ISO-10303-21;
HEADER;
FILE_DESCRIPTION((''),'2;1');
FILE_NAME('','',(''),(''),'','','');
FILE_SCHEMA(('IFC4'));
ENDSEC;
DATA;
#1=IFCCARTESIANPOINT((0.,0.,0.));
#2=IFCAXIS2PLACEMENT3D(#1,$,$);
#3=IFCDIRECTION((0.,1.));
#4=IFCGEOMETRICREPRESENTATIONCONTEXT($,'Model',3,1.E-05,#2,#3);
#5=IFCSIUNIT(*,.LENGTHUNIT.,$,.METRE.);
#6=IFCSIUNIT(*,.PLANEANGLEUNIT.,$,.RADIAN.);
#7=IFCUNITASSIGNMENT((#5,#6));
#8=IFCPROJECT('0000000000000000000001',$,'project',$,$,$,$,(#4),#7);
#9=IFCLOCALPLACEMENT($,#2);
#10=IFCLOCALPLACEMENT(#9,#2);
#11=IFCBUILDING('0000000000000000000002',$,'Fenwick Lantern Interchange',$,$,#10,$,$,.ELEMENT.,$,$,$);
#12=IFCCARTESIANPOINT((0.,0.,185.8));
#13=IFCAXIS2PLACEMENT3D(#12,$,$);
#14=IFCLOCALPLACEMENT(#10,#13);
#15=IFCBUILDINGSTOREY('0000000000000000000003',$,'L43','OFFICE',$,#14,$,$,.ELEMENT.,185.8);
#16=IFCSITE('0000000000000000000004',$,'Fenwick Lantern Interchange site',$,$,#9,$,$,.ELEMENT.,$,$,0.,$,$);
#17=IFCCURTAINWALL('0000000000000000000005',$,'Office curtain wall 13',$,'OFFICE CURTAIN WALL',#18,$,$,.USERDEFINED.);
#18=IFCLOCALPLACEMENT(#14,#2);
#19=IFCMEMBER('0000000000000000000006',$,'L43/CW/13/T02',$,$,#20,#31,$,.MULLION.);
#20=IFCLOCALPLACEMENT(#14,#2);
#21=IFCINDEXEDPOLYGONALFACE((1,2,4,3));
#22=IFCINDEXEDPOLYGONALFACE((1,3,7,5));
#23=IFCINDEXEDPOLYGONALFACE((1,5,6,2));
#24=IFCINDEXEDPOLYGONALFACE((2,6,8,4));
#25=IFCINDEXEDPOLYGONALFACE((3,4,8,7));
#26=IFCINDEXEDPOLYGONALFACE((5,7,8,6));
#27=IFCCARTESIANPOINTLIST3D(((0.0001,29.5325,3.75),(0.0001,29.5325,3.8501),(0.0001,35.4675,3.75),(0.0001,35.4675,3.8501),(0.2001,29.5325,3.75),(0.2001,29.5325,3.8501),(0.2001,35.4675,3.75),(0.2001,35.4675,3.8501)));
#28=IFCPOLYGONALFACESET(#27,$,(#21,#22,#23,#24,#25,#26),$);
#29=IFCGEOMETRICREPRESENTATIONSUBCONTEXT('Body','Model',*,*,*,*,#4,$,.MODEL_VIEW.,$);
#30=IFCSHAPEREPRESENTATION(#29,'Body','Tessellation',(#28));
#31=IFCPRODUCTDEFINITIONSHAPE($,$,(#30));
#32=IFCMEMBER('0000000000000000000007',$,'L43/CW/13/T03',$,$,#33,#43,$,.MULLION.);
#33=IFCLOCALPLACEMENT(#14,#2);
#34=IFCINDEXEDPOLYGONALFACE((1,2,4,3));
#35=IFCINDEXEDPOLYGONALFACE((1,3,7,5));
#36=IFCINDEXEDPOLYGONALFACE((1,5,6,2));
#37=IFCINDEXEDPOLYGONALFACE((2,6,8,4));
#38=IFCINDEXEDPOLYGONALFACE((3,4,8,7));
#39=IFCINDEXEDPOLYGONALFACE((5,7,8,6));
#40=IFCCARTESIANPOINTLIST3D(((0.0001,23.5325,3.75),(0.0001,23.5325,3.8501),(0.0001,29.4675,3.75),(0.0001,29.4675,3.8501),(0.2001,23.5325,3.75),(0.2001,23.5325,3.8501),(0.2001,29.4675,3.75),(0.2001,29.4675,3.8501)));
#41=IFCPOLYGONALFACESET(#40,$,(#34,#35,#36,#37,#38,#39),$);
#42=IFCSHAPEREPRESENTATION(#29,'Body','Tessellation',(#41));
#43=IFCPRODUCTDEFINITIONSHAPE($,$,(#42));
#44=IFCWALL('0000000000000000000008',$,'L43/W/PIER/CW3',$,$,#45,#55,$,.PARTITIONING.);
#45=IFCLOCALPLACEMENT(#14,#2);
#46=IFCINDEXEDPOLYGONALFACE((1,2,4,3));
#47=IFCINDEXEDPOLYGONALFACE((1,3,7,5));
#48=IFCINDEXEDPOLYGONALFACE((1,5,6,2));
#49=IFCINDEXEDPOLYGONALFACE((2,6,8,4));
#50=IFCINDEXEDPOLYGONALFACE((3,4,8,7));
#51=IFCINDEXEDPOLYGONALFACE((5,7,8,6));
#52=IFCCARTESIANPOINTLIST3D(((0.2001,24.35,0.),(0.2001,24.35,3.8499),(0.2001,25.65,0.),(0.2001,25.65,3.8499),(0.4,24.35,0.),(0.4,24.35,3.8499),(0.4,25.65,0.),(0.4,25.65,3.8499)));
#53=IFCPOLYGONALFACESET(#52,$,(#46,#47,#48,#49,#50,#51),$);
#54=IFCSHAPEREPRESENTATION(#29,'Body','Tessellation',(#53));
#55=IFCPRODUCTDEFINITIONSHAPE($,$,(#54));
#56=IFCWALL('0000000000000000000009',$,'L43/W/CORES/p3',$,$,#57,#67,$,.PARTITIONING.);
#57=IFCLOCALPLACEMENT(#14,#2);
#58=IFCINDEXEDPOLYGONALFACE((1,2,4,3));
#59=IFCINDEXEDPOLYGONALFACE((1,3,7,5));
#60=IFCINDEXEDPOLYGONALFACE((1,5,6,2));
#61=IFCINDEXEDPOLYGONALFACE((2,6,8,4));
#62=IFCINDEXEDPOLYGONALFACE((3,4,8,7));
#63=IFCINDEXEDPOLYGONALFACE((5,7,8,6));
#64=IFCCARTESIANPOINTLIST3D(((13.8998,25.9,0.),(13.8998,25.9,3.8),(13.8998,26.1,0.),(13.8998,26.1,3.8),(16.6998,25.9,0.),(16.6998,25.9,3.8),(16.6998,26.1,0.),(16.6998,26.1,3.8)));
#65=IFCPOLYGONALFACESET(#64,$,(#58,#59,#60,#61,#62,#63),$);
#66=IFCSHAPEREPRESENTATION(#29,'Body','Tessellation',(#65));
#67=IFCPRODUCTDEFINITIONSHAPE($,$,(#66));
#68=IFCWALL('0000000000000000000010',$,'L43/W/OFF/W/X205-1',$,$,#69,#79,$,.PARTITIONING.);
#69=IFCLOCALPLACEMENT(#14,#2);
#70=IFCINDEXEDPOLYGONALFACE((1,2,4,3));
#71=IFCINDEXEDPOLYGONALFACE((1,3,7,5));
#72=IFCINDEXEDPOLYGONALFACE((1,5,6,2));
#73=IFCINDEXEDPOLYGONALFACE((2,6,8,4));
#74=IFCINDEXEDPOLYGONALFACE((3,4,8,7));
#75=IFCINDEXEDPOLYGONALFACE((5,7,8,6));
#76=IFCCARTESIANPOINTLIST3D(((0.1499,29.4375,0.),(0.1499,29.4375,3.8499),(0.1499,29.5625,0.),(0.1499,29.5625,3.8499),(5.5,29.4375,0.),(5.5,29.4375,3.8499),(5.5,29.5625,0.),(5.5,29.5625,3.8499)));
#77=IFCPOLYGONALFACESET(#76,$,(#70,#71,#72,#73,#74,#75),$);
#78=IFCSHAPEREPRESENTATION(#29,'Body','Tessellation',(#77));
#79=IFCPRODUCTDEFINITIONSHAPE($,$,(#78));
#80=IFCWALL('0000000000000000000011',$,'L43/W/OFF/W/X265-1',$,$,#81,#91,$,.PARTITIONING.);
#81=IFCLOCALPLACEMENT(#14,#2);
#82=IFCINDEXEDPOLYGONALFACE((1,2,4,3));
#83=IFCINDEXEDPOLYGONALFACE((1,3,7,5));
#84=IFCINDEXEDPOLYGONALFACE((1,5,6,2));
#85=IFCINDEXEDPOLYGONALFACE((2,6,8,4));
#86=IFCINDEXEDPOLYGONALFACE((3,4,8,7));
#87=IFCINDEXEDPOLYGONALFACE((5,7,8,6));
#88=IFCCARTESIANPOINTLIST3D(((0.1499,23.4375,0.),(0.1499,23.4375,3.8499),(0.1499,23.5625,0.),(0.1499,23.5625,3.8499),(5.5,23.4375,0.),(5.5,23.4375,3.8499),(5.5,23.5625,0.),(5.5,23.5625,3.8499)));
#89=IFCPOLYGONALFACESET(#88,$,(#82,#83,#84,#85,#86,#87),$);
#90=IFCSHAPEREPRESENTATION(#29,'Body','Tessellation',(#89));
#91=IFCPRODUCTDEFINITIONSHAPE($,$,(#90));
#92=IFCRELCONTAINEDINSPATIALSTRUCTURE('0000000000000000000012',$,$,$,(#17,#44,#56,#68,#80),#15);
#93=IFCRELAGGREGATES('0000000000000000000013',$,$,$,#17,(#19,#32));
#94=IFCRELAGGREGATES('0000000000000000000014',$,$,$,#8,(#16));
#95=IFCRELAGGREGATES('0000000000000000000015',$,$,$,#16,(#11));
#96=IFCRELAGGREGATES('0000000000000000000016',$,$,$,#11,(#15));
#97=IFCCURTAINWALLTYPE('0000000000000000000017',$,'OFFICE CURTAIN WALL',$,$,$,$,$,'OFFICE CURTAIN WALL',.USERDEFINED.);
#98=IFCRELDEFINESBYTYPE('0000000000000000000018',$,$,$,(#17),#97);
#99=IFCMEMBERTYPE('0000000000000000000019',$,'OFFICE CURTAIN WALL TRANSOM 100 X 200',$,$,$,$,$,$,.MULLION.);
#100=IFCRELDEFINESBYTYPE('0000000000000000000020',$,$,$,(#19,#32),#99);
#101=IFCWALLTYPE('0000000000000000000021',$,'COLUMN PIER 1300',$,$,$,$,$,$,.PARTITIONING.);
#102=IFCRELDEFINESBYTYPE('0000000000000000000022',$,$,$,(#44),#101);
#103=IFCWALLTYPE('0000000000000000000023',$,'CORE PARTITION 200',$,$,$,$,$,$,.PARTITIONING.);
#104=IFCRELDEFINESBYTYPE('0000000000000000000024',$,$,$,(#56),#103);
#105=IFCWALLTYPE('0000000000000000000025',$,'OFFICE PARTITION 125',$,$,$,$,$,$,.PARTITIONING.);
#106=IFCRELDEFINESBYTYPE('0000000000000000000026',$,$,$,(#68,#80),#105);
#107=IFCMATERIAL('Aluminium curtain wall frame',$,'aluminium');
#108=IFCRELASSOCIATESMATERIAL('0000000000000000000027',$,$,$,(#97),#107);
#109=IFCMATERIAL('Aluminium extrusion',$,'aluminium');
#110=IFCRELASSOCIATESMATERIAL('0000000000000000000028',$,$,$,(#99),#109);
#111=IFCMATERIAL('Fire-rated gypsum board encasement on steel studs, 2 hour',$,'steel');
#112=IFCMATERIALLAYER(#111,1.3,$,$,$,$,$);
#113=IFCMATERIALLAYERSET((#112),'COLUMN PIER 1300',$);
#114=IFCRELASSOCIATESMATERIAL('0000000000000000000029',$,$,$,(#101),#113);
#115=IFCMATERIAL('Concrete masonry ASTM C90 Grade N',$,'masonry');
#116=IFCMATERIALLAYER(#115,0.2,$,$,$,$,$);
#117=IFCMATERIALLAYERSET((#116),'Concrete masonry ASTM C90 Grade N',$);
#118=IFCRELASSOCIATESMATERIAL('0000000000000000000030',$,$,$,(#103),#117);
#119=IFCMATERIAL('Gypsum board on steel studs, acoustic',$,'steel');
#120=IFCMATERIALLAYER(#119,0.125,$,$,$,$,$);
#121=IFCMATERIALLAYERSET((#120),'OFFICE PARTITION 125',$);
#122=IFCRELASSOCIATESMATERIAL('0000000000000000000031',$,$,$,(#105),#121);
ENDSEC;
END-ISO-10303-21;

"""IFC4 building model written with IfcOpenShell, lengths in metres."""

from ifc_helpers import new_model, si_unit, direction, frame, frame_2d, origin, origin_2d, place, context, subcontext, project, spatial, rectangle, extrude, material, layer, layer_set, material_profile, profile_set, type_object, element, aggregate, save


model = new_model("IFC4")

# Units and contexts
model_context = context("Model", 3, precision=1e-05, world=origin(), true_north=direction((0.0, 1.0)))
body_context = subcontext(model_context, "Body", "Model", "MODEL_VIEW")
ifc_project = project(units=[si_unit("LENGTHUNIT", "METRE"), si_unit("PLANEANGLEUNIT", "RADIAN")], contexts=[model_context])

# Site, building, storey
site_placement = place(None, origin())
site = spatial("IfcSite", under=ifc_project, at=site_placement, Name="Fenwick Lantern Interchange site", CompositionType="ELEMENT", RefElevation=0.0)
building_placement = place(site_placement, origin())
building = spatial("IfcBuilding", under=site, at=building_placement, Name="Fenwick Lantern Interchange", CompositionType="ELEMENT")
storey_placement = place(building_placement, frame((0.0, 0.0, 185.8)))
storey = spatial("IfcBuildingStorey", under=building, at=storey_placement, Name="L43", Description="OFFICE", CompositionType="ELEMENT", Elevation=185.8)

# Curtain wall, members
ifc_material_1 = material(Name="Aluminium curtain wall frame", Category="aluminium")
curtain_wall_type = type_object("IfcCurtainWallType", Name="OFFICE CURTAIN WALL", ElementType="OFFICE CURTAIN WALL", PredefinedType="USERDEFINED", material=ifc_material_1)
curtain_wall_placement = place(storey_placement, origin())
curtain_wall = element("IfcCurtainWall", 1, at=curtain_wall_placement, inside=storey, type_object=curtain_wall_type, Name="Office curtain wall 13", ObjectType="OFFICE CURTAIN WALL", PredefinedType="USERDEFINED")
ifc_material_2 = material(Name="Aluminium extrusion", Category="aluminium")
ifc_material_profile_1 = material_profile(ifc_material_2, rectangle(XDim=0.2, YDim=0.1001, at=origin_2d()), Name="OFFICE CURTAIN WALL TRANSOM 100 X 200")
ifc_profile_set_1 = profile_set([ifc_material_profile_1], Name="Aluminium extrusion")
member_type_1 = type_object("IfcMemberType", Name="OFFICE CURTAIN WALL TRANSOM 100 X 200", PredefinedType="MULLION", material=ifc_profile_set_1)
member_1_placement = place(storey_placement, frame((0.1001, 35.4675, 3.8), z_axis=(0.0, -1.0, 0.0), x_axis=(1.0, 0.0, 0.0)))
member_1 = element("IfcMember", 2, at=member_1_placement, type_object=member_type_1, Name="L43/CW/13/T02", PredefinedType="MULLION", context=body_context, shape_type="SweptSolid", body=[
    extrude(rectangle(XDim=0.2, YDim=0.1001, at=origin_2d()), origin(), (0.0, 0.0, 1.0), 5.9351),
])
member_2_placement = place(storey_placement, frame((0.1001, 29.4675, 3.8), z_axis=(0.0, -1.0, 0.0), x_axis=(1.0, 0.0, 0.0)))
member_2 = element("IfcMember", 3, at=member_2_placement, type_object=member_type_1, Name="L43/CW/13/T03", PredefinedType="MULLION", context=body_context, shape_type="SweptSolid", body=[
    extrude(rectangle(XDim=0.2, YDim=0.1001, at=origin_2d()), origin(), (0.0, 0.0, 1.0), 5.9351),
])
aggregate(curtain_wall, [member_1, member_2])

# Walls
ifc_material_3 = material(Name="Fire-rated gypsum board encasement on steel studs, 2 hour", Category="steel")
ifc_layer_1 = layer(ifc_material_3, 1.3)
ifc_layer_set_1 = layer_set([ifc_layer_1], Name="COLUMN PIER 1300")
wall_type_1 = type_object("IfcWallType", Name="COLUMN PIER 1300", PredefinedType="PARTITIONING", material=ifc_layer_set_1)
wall_1_placement = place(storey_placement, frame((0.2, 25.0, 0.0), z_axis=(0.0, 0.0, 1.0), x_axis=(1.0, 0.0, 0.0)))
element("IfcWall", 4, at=wall_1_placement, inside=storey, type_object=wall_type_1, Name="L43/W/PIER/CW3", PredefinedType="PARTITIONING", context=body_context, shape_type="SweptSolid", body=[
    extrude(rectangle(XDim=0.2, YDim=1.3, at=frame_2d((0.1001, 0.0))), origin(), (0.0, 0.0, 1.0), 3.8499),
])
ifc_material_4 = material(Name="Concrete masonry ASTM C90 Grade N", Category="masonry")
ifc_layer_2 = layer(ifc_material_4, 0.2)
ifc_layer_set_2 = layer_set([ifc_layer_2], Name="Concrete masonry ASTM C90 Grade N")
wall_type_2 = type_object("IfcWallType", Name="CORE PARTITION 200", PredefinedType="PARTITIONING", material=ifc_layer_set_2)
wall_2_placement = place(storey_placement, frame((13.8999, 26.0, 0.0), z_axis=(0.0, 0.0, 1.0), x_axis=(1.0, 0.0, 0.0)))
element("IfcWall", 5, at=wall_2_placement, inside=storey, type_object=wall_type_2, Name="L43/W/CORES/p3", PredefinedType="PARTITIONING", context=body_context, shape_type="SweptSolid", body=[
    extrude(rectangle(XDim=2.8, YDim=0.2, at=frame_2d((1.3999, 0.0))), origin(), (0.0, 0.0, 1.0), 3.8),
])
ifc_material_5 = material(Name="Gypsum board on steel studs, acoustic", Category="steel")
ifc_layer_3 = layer(ifc_material_5, 0.125)
ifc_layer_set_3 = layer_set([ifc_layer_3], Name="OFFICE PARTITION 125")
wall_type_3 = type_object("IfcWallType", Name="OFFICE PARTITION 125", PredefinedType="PARTITIONING", material=ifc_layer_set_3)
for number, where, z_axis, x_axis, name in (
    (6, (0.1499, 29.5, 0.0), (0.0, 0.0, 1.0), (1.0, 0.0, 0.0), "L43/W/OFF/W/X205-1"),
    (7, (0.1499, 23.5, 0.0), (0.0, 0.0, 1.0), (1.0, 0.0, 0.0), "L43/W/OFF/W/X265-1"),
):
    element("IfcWall", number, at=place(storey_placement, frame(where, z_axis=z_axis, x_axis=x_axis)), inside=storey, type_object=wall_type_3, Name=name, PredefinedType="PARTITIONING", context=body_context, shape_type="SweptSolid", body=[
        extrude(rectangle(XDim=5.3501, YDim=0.125, at=frame_2d((2.675, 0.0))), origin(), (0.0, 0.0, 1.0), 3.8499),
    ])

save(model, "model.ifc")
